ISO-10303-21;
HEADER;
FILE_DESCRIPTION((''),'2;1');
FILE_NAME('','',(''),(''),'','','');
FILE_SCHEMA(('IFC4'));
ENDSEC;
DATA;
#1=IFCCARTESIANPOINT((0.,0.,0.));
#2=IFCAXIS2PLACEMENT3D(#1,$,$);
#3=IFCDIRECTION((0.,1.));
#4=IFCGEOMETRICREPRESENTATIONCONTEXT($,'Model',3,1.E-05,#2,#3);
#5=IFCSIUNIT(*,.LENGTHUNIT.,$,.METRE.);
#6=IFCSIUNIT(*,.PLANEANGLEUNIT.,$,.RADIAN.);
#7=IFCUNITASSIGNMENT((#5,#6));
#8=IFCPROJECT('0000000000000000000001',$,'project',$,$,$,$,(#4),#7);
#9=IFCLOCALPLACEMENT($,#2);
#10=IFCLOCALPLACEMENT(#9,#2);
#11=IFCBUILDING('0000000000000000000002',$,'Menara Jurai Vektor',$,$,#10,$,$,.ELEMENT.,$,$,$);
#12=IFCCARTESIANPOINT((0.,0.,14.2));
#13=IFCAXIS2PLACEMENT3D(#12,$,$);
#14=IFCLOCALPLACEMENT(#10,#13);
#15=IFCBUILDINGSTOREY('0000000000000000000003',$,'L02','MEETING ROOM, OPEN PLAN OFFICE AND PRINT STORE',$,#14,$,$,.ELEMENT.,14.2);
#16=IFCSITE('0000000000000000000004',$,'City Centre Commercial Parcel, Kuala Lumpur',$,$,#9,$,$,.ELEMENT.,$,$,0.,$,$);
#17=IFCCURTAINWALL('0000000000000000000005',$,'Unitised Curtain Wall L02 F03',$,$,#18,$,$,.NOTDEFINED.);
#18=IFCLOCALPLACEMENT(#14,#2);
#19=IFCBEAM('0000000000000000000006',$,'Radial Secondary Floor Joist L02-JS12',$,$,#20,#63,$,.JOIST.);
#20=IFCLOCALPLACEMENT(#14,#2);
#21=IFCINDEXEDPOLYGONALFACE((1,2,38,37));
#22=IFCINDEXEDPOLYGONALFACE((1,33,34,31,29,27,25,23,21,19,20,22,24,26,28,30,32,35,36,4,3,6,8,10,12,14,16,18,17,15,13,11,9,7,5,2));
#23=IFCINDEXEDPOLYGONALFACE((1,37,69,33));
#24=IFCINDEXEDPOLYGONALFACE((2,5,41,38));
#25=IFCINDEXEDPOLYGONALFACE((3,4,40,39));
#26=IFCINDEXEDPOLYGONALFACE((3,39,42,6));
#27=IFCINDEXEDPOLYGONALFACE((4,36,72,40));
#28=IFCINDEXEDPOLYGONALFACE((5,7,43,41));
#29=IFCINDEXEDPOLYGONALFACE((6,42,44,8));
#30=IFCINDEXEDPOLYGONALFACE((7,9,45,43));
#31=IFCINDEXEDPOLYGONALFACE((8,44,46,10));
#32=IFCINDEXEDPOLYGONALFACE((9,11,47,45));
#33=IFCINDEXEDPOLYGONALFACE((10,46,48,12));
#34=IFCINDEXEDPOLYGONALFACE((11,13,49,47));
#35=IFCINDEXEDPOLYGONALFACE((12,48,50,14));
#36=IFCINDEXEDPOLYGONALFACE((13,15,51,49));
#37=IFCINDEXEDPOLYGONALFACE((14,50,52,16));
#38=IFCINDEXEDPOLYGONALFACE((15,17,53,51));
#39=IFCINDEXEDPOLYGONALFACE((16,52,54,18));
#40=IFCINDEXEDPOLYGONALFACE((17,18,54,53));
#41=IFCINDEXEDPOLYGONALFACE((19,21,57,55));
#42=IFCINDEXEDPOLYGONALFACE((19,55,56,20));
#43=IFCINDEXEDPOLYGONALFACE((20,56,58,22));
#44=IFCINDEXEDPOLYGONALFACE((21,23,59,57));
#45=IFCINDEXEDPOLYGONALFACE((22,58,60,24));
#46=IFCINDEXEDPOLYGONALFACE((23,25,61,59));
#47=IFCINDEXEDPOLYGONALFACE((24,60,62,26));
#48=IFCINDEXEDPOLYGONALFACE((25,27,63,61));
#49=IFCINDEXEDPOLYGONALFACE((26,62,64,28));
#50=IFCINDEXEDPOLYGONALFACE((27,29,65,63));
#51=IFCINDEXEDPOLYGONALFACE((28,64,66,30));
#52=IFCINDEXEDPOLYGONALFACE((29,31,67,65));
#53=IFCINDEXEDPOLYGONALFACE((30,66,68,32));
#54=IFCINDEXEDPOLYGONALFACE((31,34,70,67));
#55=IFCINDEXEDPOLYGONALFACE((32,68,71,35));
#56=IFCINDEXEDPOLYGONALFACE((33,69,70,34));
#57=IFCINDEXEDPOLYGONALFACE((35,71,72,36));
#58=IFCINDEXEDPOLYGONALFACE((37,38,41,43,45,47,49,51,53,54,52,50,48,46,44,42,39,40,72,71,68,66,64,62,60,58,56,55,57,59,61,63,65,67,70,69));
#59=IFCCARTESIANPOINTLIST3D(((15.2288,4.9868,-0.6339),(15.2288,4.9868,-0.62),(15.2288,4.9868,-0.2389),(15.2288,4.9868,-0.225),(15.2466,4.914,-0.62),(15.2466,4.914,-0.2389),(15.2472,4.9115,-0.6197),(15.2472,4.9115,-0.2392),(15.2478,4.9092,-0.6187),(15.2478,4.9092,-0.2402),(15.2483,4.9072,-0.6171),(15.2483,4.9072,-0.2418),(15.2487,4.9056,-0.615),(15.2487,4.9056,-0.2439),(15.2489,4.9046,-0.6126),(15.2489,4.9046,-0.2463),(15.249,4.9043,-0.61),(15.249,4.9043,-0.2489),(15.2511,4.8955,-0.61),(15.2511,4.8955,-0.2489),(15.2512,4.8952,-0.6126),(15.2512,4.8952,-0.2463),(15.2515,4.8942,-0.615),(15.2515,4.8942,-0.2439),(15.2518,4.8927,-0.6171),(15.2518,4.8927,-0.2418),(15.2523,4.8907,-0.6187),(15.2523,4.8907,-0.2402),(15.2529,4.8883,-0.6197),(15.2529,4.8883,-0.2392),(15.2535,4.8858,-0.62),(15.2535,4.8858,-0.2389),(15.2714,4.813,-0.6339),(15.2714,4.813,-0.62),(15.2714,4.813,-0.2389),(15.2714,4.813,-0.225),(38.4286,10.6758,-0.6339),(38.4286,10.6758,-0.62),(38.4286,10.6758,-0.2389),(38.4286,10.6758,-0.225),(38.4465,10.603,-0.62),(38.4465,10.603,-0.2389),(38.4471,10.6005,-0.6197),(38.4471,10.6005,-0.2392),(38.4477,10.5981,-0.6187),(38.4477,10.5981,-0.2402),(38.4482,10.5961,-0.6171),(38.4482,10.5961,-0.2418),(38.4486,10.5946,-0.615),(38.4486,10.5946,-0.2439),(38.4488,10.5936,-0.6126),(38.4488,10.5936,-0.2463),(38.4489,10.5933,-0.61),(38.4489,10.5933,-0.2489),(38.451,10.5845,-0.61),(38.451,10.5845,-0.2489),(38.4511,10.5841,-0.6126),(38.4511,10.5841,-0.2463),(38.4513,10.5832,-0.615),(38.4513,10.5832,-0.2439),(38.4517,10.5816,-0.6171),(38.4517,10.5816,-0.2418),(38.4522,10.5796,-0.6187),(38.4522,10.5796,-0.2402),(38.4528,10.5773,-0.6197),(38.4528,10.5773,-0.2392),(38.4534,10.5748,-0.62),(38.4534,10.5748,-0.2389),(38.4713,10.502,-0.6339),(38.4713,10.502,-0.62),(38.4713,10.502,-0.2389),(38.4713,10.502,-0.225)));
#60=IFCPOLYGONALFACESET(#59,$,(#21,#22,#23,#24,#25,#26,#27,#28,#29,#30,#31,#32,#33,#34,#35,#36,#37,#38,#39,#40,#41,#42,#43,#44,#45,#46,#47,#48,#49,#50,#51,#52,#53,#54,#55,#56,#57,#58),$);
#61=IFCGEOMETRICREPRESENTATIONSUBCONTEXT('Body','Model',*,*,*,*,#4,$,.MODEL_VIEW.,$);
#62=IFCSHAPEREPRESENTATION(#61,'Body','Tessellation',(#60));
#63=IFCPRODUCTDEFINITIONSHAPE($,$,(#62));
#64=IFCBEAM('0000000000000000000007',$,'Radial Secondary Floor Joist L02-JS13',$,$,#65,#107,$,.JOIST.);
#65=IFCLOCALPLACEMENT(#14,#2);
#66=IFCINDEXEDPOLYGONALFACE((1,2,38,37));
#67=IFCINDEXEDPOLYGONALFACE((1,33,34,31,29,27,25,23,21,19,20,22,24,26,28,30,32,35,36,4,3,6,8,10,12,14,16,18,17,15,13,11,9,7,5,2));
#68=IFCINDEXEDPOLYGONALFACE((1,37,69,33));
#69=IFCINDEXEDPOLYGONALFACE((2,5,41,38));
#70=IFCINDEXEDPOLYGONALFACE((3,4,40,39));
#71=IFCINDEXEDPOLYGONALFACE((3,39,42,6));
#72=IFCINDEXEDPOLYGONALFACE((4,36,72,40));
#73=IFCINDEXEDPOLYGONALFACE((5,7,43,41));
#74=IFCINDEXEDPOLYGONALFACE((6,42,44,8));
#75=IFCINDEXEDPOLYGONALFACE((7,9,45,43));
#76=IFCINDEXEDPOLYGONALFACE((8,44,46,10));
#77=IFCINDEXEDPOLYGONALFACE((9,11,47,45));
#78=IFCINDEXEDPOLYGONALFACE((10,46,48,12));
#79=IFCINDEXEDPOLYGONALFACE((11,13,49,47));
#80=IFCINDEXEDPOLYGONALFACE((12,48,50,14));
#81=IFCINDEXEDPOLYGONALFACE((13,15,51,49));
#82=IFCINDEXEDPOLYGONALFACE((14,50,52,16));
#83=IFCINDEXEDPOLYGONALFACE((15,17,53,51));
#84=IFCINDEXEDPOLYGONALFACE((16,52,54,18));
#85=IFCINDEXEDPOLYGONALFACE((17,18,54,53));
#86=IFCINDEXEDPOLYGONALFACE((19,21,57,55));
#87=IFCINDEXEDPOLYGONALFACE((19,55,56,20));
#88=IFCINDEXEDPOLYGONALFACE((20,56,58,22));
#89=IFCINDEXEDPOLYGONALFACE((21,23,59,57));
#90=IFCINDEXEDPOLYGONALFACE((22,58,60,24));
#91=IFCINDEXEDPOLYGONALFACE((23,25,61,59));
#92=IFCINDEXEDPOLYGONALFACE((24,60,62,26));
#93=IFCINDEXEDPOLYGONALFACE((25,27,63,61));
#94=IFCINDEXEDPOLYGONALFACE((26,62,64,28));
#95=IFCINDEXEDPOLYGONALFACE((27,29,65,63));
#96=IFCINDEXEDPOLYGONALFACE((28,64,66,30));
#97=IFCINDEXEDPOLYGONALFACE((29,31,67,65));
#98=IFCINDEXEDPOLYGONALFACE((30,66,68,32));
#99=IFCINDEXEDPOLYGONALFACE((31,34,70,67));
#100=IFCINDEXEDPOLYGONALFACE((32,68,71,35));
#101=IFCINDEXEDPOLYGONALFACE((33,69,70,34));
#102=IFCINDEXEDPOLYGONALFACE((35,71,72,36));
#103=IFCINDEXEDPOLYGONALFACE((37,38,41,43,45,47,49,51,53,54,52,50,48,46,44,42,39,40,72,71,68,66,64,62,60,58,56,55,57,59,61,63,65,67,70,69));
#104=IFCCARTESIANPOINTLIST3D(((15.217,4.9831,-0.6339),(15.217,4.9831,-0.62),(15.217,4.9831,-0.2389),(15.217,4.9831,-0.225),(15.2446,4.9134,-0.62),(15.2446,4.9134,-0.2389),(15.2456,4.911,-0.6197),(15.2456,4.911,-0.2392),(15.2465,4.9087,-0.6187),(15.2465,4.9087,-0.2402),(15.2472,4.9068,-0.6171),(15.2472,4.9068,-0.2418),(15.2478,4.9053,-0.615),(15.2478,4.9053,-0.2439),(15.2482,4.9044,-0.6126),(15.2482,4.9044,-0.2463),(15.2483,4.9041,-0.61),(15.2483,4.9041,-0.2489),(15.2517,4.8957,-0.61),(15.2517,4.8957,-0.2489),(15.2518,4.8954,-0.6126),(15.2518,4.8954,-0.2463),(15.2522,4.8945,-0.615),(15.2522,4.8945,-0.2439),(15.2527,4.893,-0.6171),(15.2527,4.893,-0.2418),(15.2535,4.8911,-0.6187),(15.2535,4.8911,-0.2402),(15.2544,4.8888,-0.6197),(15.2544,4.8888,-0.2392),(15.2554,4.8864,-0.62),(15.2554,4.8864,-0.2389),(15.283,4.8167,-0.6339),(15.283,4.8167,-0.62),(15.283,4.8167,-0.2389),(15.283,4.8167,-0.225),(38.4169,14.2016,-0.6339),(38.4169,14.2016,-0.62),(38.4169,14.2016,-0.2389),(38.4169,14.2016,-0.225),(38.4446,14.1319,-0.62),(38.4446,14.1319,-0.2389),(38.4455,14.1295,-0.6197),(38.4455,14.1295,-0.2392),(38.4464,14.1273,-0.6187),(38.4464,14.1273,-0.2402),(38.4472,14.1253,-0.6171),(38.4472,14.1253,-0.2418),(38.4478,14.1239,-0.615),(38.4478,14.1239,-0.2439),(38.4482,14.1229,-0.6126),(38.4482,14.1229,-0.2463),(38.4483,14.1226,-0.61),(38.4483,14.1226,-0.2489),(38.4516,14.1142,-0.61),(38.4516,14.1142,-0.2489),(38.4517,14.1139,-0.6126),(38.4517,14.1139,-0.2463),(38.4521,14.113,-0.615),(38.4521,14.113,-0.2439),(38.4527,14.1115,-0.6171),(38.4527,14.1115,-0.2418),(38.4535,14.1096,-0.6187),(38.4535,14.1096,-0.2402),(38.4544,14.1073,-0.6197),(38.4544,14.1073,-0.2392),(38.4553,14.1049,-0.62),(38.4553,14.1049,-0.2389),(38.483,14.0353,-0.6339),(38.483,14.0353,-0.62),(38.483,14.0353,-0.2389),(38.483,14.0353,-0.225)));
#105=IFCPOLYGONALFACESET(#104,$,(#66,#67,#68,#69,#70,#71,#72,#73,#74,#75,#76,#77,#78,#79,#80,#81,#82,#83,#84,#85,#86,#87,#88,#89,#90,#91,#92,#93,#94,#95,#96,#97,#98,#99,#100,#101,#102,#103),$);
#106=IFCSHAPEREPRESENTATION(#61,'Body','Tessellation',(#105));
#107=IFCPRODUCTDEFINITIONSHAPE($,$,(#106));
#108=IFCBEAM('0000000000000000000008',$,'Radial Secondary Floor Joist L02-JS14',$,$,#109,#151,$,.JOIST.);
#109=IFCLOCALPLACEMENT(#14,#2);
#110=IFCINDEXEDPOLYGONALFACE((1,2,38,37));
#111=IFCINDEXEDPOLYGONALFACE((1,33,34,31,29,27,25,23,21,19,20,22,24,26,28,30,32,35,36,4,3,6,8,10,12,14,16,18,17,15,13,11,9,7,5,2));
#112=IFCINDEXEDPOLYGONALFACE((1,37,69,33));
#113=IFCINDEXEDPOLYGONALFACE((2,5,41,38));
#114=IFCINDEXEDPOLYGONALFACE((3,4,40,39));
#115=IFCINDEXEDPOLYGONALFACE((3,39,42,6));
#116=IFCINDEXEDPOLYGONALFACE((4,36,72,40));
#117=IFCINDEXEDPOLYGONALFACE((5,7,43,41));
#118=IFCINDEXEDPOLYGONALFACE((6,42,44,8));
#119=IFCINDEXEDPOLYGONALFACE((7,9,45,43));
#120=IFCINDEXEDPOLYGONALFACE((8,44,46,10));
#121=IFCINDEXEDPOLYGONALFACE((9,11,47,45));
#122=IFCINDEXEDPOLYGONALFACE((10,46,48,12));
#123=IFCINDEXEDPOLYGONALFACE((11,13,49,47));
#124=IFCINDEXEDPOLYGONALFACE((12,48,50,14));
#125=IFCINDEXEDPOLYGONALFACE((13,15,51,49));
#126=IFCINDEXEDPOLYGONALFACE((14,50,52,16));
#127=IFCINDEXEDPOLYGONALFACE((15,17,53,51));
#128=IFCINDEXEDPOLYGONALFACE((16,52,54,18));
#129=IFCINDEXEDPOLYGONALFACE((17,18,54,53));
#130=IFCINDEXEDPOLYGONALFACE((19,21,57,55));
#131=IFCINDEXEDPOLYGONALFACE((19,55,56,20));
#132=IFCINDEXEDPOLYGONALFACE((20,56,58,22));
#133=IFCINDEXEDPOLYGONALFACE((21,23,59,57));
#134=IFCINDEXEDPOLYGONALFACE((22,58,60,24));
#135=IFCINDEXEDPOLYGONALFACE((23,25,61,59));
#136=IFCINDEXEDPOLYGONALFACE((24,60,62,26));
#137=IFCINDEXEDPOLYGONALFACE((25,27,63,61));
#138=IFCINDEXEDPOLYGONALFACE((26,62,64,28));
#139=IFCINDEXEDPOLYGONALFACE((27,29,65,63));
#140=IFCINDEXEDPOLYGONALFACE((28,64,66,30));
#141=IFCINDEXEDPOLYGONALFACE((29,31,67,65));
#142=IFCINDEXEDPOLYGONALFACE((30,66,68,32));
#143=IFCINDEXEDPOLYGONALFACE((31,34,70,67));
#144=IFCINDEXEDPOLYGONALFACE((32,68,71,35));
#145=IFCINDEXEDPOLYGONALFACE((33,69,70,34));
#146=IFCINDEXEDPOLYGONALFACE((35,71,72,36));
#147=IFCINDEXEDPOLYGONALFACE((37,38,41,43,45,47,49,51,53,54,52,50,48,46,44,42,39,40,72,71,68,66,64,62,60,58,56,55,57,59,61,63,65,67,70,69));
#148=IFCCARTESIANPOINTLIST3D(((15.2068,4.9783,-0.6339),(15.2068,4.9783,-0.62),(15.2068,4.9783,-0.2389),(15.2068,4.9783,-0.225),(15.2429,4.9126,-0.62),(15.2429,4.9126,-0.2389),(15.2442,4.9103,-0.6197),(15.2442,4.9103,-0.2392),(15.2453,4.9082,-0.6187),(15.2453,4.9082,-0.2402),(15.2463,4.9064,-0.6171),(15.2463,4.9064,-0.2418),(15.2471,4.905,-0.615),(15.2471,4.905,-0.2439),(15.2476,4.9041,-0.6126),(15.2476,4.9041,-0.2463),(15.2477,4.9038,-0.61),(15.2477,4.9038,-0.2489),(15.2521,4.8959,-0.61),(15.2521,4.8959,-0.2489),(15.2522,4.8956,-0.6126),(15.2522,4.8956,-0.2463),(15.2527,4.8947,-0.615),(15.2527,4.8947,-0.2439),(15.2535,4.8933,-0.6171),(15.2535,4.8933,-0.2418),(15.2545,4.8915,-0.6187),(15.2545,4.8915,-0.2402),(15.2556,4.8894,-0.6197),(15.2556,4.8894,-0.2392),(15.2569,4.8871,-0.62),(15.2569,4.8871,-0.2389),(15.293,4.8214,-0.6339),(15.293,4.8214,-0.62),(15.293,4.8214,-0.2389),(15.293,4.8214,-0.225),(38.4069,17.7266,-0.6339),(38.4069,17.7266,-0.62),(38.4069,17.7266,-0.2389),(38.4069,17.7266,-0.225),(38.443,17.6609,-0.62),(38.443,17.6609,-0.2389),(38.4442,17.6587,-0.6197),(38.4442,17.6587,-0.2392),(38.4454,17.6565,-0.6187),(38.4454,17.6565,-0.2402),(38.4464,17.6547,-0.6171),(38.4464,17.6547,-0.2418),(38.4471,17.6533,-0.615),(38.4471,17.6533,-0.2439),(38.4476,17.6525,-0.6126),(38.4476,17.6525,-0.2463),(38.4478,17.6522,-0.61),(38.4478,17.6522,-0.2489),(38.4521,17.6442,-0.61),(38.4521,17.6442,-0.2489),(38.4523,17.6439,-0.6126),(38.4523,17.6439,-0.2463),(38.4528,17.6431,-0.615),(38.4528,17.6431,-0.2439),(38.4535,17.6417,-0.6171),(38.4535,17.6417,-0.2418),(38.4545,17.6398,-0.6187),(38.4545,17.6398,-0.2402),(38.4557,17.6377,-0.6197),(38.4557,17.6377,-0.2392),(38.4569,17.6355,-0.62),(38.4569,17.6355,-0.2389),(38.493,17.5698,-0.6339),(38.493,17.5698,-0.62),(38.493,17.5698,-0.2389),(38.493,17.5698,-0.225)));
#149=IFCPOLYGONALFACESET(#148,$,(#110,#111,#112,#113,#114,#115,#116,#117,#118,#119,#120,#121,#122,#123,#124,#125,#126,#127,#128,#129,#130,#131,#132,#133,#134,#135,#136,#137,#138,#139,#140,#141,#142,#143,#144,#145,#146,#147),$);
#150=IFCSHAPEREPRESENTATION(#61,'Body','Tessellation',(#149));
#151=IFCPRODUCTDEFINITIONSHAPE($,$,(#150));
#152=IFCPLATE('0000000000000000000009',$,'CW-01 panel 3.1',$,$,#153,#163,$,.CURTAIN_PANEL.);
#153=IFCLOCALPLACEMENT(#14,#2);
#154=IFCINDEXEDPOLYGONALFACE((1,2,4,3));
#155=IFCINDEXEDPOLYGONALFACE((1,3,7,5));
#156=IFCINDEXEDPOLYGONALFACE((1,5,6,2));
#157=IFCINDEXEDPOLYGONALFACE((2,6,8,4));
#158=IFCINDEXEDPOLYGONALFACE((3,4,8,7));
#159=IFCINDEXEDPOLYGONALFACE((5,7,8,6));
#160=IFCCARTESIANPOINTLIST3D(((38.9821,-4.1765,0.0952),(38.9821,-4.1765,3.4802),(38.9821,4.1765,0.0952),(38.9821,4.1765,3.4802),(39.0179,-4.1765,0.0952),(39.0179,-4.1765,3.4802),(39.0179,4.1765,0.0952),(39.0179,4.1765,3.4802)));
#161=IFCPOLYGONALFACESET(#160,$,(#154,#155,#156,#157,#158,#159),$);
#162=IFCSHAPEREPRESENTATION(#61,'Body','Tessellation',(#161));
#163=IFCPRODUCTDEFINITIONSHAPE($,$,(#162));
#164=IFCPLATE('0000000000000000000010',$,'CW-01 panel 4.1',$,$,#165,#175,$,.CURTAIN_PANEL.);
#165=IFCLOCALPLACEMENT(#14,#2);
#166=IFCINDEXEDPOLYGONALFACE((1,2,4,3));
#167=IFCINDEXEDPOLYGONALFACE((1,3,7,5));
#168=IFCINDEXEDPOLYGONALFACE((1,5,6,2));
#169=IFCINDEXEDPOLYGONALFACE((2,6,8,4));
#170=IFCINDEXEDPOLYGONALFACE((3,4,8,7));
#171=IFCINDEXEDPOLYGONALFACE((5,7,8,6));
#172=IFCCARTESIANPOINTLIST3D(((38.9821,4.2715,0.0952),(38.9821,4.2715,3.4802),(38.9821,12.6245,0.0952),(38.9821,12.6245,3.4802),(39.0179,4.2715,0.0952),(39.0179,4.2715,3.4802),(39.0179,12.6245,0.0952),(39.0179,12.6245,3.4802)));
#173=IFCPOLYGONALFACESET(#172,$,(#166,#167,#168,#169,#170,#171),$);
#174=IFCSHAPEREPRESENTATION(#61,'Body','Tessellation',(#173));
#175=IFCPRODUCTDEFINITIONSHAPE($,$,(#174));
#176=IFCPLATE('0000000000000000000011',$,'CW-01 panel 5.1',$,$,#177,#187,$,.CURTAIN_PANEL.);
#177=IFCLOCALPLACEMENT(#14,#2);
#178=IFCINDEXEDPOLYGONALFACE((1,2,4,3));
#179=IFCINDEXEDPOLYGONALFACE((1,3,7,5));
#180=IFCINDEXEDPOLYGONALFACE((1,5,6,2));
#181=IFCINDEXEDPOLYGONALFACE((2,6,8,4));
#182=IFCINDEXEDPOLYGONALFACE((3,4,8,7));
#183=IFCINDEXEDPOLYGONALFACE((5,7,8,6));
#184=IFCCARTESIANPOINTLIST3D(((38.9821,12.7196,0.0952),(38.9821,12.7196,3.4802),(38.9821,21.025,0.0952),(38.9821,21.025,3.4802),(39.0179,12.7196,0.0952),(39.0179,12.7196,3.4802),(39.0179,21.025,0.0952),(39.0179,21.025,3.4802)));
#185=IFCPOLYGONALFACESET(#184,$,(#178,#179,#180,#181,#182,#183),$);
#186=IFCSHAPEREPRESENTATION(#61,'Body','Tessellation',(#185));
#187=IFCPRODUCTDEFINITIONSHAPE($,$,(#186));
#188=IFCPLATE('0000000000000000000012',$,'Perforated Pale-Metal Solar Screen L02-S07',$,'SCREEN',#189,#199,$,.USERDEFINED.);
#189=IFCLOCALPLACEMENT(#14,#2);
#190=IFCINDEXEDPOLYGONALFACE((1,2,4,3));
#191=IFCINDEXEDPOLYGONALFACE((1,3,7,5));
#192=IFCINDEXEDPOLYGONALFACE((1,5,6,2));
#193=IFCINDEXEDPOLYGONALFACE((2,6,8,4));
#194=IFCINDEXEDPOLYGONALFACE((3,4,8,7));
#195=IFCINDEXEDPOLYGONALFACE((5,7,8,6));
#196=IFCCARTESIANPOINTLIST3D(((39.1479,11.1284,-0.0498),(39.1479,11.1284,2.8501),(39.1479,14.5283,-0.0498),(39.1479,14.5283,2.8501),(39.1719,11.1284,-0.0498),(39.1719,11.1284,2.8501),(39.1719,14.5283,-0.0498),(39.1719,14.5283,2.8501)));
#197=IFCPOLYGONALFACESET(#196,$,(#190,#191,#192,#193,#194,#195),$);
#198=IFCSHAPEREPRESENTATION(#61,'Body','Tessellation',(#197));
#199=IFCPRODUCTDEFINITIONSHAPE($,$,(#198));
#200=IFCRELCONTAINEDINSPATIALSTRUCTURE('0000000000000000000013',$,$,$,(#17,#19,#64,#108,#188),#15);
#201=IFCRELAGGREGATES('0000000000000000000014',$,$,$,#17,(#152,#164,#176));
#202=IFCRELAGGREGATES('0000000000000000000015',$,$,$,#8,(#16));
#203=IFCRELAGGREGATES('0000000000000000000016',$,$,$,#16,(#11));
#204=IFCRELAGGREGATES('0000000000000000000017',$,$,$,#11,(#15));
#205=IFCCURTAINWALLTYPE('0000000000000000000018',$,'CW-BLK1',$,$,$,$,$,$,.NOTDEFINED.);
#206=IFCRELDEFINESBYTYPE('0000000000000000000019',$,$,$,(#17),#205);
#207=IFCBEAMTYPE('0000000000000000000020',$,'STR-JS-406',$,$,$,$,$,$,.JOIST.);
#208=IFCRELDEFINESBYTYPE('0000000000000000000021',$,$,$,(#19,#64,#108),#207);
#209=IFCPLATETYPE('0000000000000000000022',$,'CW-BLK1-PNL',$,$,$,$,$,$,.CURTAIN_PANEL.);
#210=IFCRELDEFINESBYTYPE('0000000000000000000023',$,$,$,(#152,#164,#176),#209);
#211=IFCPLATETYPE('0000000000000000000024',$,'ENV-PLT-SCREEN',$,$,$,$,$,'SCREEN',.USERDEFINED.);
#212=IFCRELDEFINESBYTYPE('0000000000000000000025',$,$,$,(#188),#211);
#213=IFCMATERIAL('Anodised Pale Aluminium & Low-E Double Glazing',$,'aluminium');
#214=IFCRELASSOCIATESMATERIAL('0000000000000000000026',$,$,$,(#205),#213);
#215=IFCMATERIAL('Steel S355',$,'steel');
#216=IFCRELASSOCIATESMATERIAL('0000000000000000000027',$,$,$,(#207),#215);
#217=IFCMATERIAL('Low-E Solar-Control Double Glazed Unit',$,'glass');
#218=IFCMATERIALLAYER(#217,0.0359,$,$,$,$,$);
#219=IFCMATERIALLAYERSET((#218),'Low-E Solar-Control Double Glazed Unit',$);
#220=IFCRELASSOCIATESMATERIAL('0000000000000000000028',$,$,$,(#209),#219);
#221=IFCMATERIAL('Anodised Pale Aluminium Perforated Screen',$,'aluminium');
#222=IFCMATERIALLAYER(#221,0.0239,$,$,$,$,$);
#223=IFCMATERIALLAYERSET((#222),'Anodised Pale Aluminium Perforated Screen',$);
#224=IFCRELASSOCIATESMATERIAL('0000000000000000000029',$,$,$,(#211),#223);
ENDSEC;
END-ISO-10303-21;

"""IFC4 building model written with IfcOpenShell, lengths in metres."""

from ifc_helpers import new_model, si_unit, direction, frame, origin, origin_2d, place, context, subcontext, project, spatial, rectangle, i_section, extrude, material, layer, layer_set, material_profile, profile_set, type_object, element, aggregate, save


model = new_model("IFC4")

# Units and contexts
model_context = context("Model", 3, precision=1e-05, world=origin(), true_north=direction((0.0, 1.0)))
body_context = subcontext(model_context, "Body", "Model", "MODEL_VIEW")
ifc_project = project(units=[si_unit("LENGTHUNIT", "METRE"), si_unit("PLANEANGLEUNIT", "RADIAN")], contexts=[model_context])

# Site, building, storey
site_placement = place(None, origin())
site = spatial("IfcSite", under=ifc_project, at=site_placement, Name="City Centre Commercial Parcel, Kuala Lumpur", CompositionType="ELEMENT", RefElevation=0.0)
building_placement = place(site_placement, origin())
building = spatial("IfcBuilding", under=site, at=building_placement, Name="Menara Jurai Vektor", CompositionType="ELEMENT")
storey_placement = place(building_placement, frame((0.0, 0.0, 14.2)))
storey = spatial("IfcBuildingStorey", under=building, at=storey_placement, Name="L02", Description="MEETING ROOM, OPEN PLAN OFFICE AND PRINT STORE", CompositionType="ELEMENT", Elevation=14.2)

# Curtain wall
ifc_material_1 = material(Name="Anodised Pale Aluminium & Low-E Double Glazing", Category="aluminium")
curtain_wall_type = type_object("IfcCurtainWallType", Name="CW-BLK1", PredefinedType="NOTDEFINED", material=ifc_material_1)
curtain_wall_1_placement = place(storey_placement, origin())
curtain_wall_1 = element("IfcCurtainWall", 1, at=curtain_wall_1_placement, inside=storey, type_object=curtain_wall_type, Name="Unitised Curtain Wall L02 F03", PredefinedType="NOTDEFINED")

# Shared definitions
ifc_material_2 = material(Name="Steel S355", Category="steel")

# Beams
ifc_material_profile_1 = material_profile(ifc_material_2, i_section(OverallWidth=0.179, OverallDepth=0.4089, WebThickness=0.009, FlangeThickness=0.0139, FilletRadius=0.01, at=origin_2d()), Name="UKB 406x178x67")
ifc_profile_set_1 = profile_set([ifc_material_profile_1], Name="Steel S355")
beam_type_1 = type_object("IfcBeamType", Name="STR-JS-406", PredefinedType="JOIST", material=ifc_profile_set_1)
beam_1_placement = place(storey_placement, frame((38.45, 10.5889, -0.4294), z_axis=(-0.971226, -0.238159, 0.0), x_axis=(0.238159, -0.971226, 0.0)))
element("IfcBeam", 2, at=beam_1_placement, inside=storey, type_object=beam_type_1, Name="Radial Secondary Floor Joist L02-JS12", PredefinedType="JOIST", context=body_context, shape_type="SweptSolid", body=[
    extrude(i_section(OverallWidth=0.179, OverallDepth=0.4089, WebThickness=0.009, FlangeThickness=0.0139, FilletRadius=0.01, at=origin_2d()), origin(), (0.0, 0.0, 1.0), 23.8872),
])
beam_2_placement = place(storey_placement, frame((38.45, 14.1184, -0.4294), z_axis=(-0.929323, -0.369267, 0.0), x_axis=(0.369267, -0.929323, 0.0)))
element("IfcBeam", 3, at=beam_2_placement, inside=storey, type_object=beam_type_1, Name="Radial Secondary Floor Joist L02-JS13", PredefinedType="JOIST", context=body_context, shape_type="SweptSolid", body=[
    extrude(i_section(OverallWidth=0.179, OverallDepth=0.4089, WebThickness=0.009, FlangeThickness=0.0139, FilletRadius=0.01, at=origin_2d()), origin(), (0.0, 0.0, 1.0), 24.9644),
])
beam_3_placement = place(storey_placement, frame((38.45, 17.6482, -0.4294), z_axis=(-0.876402, -0.48158, 0.0), x_axis=(0.48158, -0.876402, 0.0)))
element("IfcBeam", 4, at=beam_3_placement, inside=storey, type_object=beam_type_1, Name="Radial Secondary Floor Joist L02-JS14", PredefinedType="JOIST", context=body_context, shape_type="SweptSolid", body=[
    extrude(i_section(OverallWidth=0.179, OverallDepth=0.4089, WebThickness=0.009, FlangeThickness=0.0139, FilletRadius=0.01, at=origin_2d()), origin(), (0.0, 0.0, 1.0), 26.4719),
])

# Plates
ifc_material_3 = material(Name="Low-E Solar-Control Double Glazed Unit", Category="glass")
ifc_layer_1 = layer(ifc_material_3, 0.0359)
ifc_layer_set_1 = layer_set([ifc_layer_1], Name="Low-E Solar-Control Double Glazed Unit")
plate_type_1 = type_object("IfcPlateType", Name="CW-BLK1-PNL", PredefinedType="CURTAIN_PANEL", material=ifc_layer_set_1)
plate_1_placement = place(storey_placement, frame((39.0, 0.0, 0.0952), z_axis=(0.0, 0.0, 1.0), x_axis=(0.0, 1.0, 0.0)))
plate_1 = element("IfcPlate", 5, at=plate_1_placement, type_object=plate_type_1, Name="CW-01 panel 3.1", PredefinedType="CURTAIN_PANEL", context=body_context, shape_type="SweptSolid", body=[
    extrude(rectangle(XDim=8.353, YDim=0.0359, at=origin_2d()), origin(), (0.0, 0.0, 1.0), 3.385),
])
plate_2_placement = place(storey_placement, frame((39.0, 8.448, 0.0952), z_axis=(0.0, 0.0, 1.0), x_axis=(0.0, 1.0, 0.0)))
plate_2 = element("IfcPlate", 6, at=plate_2_placement, type_object=plate_type_1, Name="CW-01 panel 4.1", PredefinedType="CURTAIN_PANEL", context=body_context, shape_type="SweptSolid", body=[
    extrude(rectangle(XDim=8.353, YDim=0.0359, at=origin_2d()), origin(), (0.0, 0.0, 1.0), 3.385),
])
plate_3_placement = place(storey_placement, frame((39.0, 16.8723, 0.0952), z_axis=(0.0, 0.0, 1.0), x_axis=(0.0, 1.0, 0.0)))
plate_3 = element("IfcPlate", 7, at=plate_3_placement, type_object=plate_type_1, Name="CW-01 panel 5.1", PredefinedType="CURTAIN_PANEL", context=body_context, shape_type="SweptSolid", body=[
    extrude(rectangle(XDim=8.3054, YDim=0.0359, at=origin_2d()), origin(), (0.0, 0.0, 1.0), 3.385),
])
aggregate(curtain_wall_1, [plate_1, plate_2, plate_3])
ifc_material_4 = material(Name="Anodised Pale Aluminium Perforated Screen", Category="aluminium")
ifc_layer_2 = layer(ifc_material_4, 0.0239)
ifc_layer_set_2 = layer_set([ifc_layer_2], Name="Anodised Pale Aluminium Perforated Screen")
plate_type_2 = type_object("IfcPlateType", Name="ENV-PLT-SCREEN", ElementType="SCREEN", PredefinedType="USERDEFINED", material=ifc_layer_set_2)
plate_4_placement = place(storey_placement, frame((39.1599, 12.8284, -0.0498), z_axis=(0.0, 0.0, 1.0), x_axis=(0.0, 1.0, 0.0)))
element("IfcPlate", 8, at=plate_4_placement, inside=storey, type_object=plate_type_2, Name="Perforated Pale-Metal Solar Screen L02-S07", ObjectType="SCREEN", PredefinedType="USERDEFINED", context=body_context, shape_type="SweptSolid", body=[
    extrude(rectangle(XDim=3.3999, YDim=0.0239, at=origin_2d()), origin(), (0.0, 0.0, 1.0), 2.8999),
])

save(model, "model.ifc")
